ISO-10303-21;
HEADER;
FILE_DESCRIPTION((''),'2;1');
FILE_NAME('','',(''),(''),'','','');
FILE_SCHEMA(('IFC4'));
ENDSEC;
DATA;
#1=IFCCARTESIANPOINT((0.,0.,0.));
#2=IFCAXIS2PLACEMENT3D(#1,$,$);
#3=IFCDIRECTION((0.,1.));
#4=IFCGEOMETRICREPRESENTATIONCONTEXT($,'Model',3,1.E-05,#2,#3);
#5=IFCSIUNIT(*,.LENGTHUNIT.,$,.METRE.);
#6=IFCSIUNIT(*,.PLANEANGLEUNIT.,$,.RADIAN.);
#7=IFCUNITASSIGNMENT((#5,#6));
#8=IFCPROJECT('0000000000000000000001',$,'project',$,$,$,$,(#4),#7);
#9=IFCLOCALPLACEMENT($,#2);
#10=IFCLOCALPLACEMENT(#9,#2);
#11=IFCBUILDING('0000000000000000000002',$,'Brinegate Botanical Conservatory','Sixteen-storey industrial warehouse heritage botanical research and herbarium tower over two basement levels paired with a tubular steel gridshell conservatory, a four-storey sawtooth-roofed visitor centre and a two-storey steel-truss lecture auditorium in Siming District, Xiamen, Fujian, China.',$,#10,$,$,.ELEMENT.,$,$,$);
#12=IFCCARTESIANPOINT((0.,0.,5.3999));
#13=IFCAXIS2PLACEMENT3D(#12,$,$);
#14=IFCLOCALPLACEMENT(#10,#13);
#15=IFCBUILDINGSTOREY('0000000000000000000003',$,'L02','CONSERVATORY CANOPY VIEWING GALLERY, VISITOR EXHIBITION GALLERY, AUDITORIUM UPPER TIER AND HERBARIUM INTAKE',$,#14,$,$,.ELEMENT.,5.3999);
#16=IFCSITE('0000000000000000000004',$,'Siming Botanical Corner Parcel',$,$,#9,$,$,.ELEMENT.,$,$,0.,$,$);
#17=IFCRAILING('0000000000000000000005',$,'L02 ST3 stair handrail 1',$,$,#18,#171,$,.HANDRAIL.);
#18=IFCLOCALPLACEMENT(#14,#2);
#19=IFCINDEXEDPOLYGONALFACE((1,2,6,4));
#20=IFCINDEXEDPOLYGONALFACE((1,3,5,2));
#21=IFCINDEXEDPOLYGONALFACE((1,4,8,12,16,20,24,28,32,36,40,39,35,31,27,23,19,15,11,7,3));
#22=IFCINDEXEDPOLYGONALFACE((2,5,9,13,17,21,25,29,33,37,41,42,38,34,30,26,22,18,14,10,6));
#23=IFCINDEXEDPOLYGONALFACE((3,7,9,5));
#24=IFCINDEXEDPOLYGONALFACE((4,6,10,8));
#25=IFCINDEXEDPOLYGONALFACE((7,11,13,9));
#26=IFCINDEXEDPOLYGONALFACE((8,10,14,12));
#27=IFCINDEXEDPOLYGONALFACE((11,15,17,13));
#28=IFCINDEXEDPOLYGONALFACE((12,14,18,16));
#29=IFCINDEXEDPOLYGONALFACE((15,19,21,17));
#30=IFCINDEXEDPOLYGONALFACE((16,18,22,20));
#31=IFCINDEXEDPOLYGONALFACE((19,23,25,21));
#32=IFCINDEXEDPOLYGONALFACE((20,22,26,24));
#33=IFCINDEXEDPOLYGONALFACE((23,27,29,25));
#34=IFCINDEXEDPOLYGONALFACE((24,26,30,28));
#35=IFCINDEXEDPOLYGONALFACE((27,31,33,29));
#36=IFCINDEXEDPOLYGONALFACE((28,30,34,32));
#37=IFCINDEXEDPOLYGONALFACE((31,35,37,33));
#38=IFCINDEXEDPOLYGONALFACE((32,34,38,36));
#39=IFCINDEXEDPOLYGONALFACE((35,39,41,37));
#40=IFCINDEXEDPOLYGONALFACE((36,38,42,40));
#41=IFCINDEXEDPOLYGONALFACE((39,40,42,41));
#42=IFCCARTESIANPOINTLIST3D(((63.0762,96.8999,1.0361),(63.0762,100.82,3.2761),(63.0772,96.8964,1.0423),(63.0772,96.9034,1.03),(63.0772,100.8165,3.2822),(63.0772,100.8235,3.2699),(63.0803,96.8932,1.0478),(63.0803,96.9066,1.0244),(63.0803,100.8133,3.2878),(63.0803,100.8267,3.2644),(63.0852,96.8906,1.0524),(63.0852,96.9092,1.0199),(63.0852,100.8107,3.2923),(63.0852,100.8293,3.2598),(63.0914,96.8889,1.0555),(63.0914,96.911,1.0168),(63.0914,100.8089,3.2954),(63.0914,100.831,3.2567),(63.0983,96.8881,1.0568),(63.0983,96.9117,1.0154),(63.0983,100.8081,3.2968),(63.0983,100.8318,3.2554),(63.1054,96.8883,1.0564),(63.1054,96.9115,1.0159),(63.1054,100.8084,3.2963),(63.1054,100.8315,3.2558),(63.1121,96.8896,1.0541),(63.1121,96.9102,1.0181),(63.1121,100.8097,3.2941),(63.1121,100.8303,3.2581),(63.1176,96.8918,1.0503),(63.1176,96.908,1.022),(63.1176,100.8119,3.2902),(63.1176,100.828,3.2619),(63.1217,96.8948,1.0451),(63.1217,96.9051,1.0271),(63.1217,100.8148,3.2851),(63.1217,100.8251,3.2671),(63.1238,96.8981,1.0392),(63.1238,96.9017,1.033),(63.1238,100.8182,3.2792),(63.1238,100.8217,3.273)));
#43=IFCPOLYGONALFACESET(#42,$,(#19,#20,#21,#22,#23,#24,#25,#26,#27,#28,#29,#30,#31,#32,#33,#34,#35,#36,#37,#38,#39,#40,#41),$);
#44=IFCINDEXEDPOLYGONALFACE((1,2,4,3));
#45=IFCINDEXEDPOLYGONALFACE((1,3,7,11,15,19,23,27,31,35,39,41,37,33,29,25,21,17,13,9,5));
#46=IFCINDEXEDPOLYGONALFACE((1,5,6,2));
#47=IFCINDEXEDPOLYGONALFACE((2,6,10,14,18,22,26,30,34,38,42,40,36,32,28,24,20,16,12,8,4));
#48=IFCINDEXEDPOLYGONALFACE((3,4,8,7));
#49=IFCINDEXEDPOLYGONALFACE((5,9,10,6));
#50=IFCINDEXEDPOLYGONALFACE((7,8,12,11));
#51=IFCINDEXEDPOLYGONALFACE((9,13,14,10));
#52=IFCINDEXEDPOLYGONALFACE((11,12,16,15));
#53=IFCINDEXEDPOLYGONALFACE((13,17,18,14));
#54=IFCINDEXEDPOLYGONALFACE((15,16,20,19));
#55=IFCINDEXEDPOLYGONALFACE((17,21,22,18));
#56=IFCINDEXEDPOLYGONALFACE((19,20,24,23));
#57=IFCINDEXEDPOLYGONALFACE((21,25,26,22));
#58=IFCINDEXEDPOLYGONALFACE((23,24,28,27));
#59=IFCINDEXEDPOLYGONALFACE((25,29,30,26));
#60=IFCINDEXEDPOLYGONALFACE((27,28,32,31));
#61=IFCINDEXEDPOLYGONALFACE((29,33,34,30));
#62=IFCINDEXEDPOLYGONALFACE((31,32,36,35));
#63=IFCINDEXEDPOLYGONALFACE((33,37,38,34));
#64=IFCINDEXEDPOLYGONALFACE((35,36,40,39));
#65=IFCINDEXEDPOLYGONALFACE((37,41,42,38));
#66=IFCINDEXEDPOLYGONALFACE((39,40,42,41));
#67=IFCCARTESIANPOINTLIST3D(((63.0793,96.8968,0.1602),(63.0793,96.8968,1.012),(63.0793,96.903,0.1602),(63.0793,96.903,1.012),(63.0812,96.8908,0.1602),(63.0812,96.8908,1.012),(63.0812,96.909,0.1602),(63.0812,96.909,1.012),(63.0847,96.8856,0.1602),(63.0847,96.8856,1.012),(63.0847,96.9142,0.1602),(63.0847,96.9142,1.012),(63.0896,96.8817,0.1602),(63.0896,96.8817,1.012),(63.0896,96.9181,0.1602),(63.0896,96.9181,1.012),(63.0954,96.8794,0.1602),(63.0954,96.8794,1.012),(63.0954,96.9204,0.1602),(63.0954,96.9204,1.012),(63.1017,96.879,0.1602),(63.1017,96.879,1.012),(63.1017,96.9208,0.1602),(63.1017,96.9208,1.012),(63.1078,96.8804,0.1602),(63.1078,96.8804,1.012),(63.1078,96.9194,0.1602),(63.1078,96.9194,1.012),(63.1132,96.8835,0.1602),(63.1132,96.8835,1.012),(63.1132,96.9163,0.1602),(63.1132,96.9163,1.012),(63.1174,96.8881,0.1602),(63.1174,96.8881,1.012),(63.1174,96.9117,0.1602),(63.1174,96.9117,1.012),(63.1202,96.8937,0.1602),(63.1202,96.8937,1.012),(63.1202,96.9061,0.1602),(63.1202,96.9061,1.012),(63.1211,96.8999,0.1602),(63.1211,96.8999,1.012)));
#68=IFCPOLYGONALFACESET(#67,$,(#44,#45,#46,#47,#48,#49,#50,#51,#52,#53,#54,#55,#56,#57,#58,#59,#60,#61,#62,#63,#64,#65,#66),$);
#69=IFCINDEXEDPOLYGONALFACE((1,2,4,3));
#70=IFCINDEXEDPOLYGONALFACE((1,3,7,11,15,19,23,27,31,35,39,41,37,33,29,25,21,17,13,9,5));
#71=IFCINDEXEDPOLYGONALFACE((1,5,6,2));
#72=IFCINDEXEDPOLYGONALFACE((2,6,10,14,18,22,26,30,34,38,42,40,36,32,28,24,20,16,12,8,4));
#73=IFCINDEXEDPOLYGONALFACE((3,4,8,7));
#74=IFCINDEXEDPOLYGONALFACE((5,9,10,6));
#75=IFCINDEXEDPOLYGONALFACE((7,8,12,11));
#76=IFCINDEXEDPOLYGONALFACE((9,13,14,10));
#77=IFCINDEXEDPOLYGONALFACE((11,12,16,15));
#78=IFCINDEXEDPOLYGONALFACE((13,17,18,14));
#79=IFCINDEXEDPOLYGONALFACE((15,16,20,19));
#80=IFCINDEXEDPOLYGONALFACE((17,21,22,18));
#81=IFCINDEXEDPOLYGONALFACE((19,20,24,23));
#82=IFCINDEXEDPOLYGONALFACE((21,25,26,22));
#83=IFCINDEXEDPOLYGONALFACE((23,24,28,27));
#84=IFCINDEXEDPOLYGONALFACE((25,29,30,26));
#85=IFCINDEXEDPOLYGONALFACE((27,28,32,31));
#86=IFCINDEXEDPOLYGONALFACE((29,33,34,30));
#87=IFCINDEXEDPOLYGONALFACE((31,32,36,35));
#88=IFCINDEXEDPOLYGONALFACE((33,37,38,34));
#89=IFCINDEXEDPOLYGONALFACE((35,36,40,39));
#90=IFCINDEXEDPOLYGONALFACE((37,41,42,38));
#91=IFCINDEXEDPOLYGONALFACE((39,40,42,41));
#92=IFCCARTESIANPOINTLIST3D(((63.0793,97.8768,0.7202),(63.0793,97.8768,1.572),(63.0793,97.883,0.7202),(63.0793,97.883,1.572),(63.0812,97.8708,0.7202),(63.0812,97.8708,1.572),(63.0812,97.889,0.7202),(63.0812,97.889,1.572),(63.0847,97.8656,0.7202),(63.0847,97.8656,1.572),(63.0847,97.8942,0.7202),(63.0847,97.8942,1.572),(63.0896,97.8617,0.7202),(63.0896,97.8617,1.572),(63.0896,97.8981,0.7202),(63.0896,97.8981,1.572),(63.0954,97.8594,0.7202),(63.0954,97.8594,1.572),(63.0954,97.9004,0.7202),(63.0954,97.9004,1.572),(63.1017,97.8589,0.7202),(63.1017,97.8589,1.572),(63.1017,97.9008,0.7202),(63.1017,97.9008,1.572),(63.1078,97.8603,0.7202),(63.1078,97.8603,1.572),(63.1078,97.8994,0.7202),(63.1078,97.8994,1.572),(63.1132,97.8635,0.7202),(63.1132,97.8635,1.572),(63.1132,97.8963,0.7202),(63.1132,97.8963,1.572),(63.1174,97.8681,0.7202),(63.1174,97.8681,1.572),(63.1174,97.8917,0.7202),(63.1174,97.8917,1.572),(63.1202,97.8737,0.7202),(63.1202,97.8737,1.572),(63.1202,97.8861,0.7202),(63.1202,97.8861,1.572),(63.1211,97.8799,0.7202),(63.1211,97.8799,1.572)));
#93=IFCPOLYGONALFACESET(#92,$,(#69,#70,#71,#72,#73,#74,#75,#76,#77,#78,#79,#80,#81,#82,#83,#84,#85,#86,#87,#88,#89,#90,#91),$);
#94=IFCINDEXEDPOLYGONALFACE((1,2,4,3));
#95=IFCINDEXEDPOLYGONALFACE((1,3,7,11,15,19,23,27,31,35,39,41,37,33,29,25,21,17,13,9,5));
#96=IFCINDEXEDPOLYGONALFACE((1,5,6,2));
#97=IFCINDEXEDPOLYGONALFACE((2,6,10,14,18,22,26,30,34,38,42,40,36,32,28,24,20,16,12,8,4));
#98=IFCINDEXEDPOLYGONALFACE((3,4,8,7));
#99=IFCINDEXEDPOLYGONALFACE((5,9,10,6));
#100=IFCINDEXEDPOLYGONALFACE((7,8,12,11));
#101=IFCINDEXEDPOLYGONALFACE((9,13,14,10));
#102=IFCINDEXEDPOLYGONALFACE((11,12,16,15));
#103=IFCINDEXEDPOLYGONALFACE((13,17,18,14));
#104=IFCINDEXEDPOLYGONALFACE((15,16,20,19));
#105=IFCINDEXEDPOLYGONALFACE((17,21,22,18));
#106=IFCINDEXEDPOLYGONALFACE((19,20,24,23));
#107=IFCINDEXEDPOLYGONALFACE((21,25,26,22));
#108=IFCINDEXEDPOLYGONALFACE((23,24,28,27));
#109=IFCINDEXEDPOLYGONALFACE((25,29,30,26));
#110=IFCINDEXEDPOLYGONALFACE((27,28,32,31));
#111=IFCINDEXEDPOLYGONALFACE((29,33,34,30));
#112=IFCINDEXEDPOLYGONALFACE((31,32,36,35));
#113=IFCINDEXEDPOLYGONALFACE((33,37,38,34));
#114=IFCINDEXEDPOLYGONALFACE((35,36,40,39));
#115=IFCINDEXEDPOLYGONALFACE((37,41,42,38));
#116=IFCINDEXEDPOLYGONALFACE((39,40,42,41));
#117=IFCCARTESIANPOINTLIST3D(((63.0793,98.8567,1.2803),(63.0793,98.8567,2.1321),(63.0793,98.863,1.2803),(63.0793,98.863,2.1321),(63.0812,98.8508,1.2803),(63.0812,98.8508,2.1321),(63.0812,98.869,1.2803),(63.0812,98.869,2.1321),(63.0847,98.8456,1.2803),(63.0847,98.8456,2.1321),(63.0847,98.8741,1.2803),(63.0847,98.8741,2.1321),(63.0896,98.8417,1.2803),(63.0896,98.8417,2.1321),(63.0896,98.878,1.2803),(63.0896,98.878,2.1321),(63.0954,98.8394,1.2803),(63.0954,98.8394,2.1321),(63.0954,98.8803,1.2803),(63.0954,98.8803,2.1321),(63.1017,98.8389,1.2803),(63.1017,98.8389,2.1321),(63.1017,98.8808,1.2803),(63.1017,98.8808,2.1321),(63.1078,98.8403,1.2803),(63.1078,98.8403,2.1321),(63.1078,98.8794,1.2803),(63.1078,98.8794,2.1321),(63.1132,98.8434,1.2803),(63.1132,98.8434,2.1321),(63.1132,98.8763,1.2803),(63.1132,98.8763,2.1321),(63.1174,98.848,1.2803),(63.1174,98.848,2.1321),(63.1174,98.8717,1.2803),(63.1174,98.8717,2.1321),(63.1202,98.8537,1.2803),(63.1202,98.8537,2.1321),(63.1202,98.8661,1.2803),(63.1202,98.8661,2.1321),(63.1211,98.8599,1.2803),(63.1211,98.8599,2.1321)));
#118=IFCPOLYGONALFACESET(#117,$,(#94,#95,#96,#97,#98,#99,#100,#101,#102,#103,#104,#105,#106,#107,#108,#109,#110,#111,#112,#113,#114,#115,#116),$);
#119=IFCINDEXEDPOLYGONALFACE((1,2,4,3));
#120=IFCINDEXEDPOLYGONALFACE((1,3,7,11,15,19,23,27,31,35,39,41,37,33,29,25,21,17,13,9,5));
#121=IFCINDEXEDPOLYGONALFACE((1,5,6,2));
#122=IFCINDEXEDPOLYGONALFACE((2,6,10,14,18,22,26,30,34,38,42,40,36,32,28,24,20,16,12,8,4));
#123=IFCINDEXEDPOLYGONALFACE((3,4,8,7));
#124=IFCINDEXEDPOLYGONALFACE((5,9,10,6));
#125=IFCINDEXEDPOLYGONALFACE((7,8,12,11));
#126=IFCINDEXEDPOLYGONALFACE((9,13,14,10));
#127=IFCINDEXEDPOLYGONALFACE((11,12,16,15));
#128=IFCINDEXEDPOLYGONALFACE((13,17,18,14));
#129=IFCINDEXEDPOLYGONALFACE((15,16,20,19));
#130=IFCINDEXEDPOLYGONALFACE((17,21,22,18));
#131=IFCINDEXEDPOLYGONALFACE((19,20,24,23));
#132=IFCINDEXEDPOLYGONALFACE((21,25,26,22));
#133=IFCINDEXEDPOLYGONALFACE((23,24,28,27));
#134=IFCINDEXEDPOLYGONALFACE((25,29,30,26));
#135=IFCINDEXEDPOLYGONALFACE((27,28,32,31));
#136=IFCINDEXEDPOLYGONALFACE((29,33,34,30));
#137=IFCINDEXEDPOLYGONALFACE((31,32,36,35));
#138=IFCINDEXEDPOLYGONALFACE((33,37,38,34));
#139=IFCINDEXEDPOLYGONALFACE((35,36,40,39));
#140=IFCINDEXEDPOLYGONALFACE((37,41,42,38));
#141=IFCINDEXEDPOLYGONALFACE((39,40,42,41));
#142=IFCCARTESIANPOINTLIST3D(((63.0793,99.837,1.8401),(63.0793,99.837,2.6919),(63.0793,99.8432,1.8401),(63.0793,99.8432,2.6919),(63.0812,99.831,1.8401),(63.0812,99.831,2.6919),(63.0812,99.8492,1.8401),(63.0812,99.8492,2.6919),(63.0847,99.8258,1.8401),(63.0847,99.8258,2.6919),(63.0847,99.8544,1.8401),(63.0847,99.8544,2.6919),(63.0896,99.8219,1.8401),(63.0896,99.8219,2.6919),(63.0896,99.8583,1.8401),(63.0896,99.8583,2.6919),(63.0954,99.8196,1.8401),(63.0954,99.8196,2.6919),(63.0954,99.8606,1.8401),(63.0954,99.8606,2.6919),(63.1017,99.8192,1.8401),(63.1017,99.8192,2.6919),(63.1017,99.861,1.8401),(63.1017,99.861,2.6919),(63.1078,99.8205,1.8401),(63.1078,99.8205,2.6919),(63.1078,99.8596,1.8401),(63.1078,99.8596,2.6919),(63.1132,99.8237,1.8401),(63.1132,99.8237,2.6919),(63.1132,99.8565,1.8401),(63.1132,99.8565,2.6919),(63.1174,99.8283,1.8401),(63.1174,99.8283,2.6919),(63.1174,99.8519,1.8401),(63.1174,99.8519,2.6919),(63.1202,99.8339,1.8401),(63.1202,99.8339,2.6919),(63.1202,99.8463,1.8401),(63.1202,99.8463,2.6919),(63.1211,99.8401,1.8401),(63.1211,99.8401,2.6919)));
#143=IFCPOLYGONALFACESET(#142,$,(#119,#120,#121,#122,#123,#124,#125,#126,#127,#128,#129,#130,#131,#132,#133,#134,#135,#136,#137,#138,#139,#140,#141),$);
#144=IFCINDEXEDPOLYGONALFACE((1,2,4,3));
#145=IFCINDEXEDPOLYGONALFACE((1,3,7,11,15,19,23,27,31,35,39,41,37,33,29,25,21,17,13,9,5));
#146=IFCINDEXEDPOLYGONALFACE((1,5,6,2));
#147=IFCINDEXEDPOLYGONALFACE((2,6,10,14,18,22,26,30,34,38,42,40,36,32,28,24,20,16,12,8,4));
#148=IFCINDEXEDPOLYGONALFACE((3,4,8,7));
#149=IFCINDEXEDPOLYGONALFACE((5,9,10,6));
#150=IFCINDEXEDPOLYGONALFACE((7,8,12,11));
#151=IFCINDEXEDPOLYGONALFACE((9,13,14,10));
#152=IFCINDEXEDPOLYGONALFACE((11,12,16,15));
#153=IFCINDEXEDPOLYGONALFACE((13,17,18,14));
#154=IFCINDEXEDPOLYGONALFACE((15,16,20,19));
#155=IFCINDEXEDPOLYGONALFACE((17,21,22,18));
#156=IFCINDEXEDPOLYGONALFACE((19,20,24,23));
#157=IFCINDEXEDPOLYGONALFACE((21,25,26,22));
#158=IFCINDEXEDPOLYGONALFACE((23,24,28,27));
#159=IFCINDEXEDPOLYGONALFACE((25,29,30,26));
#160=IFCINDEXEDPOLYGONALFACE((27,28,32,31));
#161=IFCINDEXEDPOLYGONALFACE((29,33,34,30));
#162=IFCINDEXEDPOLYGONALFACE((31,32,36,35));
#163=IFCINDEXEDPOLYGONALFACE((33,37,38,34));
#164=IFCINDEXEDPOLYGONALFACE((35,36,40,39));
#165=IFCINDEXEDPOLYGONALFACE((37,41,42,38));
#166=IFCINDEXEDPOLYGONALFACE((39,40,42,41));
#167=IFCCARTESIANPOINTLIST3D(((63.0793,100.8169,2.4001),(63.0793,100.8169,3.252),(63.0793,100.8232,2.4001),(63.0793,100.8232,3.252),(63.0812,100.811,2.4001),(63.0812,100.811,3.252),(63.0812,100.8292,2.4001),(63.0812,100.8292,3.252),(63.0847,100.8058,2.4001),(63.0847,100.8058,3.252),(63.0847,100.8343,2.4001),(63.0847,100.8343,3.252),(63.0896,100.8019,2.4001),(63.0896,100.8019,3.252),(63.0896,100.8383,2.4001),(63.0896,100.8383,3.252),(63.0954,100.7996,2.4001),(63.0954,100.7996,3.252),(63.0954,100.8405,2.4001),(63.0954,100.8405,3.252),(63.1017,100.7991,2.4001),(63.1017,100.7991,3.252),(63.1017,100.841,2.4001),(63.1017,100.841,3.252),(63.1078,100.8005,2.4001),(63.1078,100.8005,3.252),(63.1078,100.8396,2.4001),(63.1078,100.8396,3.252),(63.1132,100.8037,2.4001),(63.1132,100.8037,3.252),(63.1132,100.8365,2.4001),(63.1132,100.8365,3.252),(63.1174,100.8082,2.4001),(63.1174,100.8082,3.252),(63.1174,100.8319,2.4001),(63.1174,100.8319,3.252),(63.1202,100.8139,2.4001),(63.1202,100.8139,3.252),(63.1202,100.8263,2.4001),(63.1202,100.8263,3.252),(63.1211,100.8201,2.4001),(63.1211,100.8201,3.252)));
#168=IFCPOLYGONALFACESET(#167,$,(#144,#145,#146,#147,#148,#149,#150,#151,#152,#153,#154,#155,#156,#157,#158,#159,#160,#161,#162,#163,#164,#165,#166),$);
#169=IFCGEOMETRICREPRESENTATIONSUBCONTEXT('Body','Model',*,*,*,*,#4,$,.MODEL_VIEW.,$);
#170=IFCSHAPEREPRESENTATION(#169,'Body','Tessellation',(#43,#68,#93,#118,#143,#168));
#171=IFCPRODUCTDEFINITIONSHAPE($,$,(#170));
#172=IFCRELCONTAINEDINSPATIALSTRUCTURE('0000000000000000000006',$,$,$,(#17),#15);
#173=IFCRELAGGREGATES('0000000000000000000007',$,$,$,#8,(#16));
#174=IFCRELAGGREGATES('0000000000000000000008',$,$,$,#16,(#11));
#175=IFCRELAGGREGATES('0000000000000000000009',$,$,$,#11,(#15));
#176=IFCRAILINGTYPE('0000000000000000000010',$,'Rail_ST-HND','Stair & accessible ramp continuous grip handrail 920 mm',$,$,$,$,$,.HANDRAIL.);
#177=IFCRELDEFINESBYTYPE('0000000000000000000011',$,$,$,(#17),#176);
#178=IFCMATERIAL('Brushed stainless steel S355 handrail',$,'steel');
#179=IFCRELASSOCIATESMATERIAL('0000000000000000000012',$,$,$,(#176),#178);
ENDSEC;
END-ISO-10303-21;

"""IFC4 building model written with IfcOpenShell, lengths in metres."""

from ifc_helpers import new_model, si_unit, direction, frame, origin, origin_2d, place, context, subcontext, project, spatial, circle, extrude, material, type_object, element, save


model = new_model("IFC4")

# Units and contexts
model_context = context("Model", 3, precision=1e-05, world=origin(), true_north=direction((0.0, 1.0)))
body_context = subcontext(model_context, "Body", "Model", "MODEL_VIEW")
ifc_project = project(units=[si_unit("LENGTHUNIT", "METRE"), si_unit("PLANEANGLEUNIT", "RADIAN")], contexts=[model_context])

# Site, building, storey
site_placement = place(None, origin())
site = spatial("IfcSite", under=ifc_project, at=site_placement, Name="Siming Botanical Corner Parcel", CompositionType="ELEMENT", RefElevation=0.0)
building_placement = place(site_placement, origin())
building = spatial("IfcBuilding", under=site, at=building_placement, Name="Brinegate Botanical Conservatory", Description="Sixteen-storey industrial warehouse heritage botanical research and herbarium tower over two basement levels paired with a tubular steel gridshell conservatory, a four-storey sawtooth-roofed visitor centre and a two-storey steel-truss lecture auditorium in Siming District, Xiamen, Fujian, China.", CompositionType="ELEMENT")
storey_placement = place(building_placement, frame((0.0, 0.0, 5.3999)))
storey = spatial("IfcBuildingStorey", under=building, at=storey_placement, Name="L02", Description="CONSERVATORY CANOPY VIEWING GALLERY, VISITOR EXHIBITION GALLERY, AUDITORIUM UPPER TIER AND HERBARIUM INTAKE", CompositionType="ELEMENT", Elevation=5.3999)

# Railing
ifc_material_1 = material(Name="Brushed stainless steel S355 handrail", Category="steel")
railing_type = type_object("IfcRailingType", Name="Rail_ST-HND", Description="Stair & accessible ramp continuous grip handrail 920 mm", PredefinedType="HANDRAIL", material=ifc_material_1)
railing_placement = place(storey_placement, frame((63.1001, 96.8999, 0.1602)))
element("IfcRailing", 1, at=railing_placement, inside=storey, type_object=railing_type, Name="L02 ST3 stair handrail 1", PredefinedType="HANDRAIL", context=body_context, shape_type="SweptSolid", body=[
    extrude(circle(Radius=0.0239, at=origin_2d()), frame((0.0, 0.0, 0.876), z_axis=(0.0, 0.868253, 0.496121), x_axis=(-1.0, 0.0, 0.0)), (0.0, 0.0, 1.0), 4.5149),
    extrude(circle(Radius=0.021, at=origin_2d()), origin(), (0.0, 0.0, 1.0), 0.8518),
    extrude(circle(Radius=0.021, at=origin_2d()), frame((0.0, 0.98, 0.5601)), (0.0, 0.0, 1.0), 0.8518),
    extrude(circle(Radius=0.021, at=origin_2d()), frame((0.0, 1.96, 1.1201)), (0.0, 0.0, 1.0), 0.8518),
    extrude(circle(Radius=0.021, at=origin_2d()), frame((0.0, 2.9402, 1.6799)), (0.0, 0.0, 1.0), 0.8518),
    extrude(circle(Radius=0.021, at=origin_2d()), frame((0.0, 3.9202, 2.24)), (0.0, 0.0, 1.0), 0.8518),
])

save(model, "model.ifc")
